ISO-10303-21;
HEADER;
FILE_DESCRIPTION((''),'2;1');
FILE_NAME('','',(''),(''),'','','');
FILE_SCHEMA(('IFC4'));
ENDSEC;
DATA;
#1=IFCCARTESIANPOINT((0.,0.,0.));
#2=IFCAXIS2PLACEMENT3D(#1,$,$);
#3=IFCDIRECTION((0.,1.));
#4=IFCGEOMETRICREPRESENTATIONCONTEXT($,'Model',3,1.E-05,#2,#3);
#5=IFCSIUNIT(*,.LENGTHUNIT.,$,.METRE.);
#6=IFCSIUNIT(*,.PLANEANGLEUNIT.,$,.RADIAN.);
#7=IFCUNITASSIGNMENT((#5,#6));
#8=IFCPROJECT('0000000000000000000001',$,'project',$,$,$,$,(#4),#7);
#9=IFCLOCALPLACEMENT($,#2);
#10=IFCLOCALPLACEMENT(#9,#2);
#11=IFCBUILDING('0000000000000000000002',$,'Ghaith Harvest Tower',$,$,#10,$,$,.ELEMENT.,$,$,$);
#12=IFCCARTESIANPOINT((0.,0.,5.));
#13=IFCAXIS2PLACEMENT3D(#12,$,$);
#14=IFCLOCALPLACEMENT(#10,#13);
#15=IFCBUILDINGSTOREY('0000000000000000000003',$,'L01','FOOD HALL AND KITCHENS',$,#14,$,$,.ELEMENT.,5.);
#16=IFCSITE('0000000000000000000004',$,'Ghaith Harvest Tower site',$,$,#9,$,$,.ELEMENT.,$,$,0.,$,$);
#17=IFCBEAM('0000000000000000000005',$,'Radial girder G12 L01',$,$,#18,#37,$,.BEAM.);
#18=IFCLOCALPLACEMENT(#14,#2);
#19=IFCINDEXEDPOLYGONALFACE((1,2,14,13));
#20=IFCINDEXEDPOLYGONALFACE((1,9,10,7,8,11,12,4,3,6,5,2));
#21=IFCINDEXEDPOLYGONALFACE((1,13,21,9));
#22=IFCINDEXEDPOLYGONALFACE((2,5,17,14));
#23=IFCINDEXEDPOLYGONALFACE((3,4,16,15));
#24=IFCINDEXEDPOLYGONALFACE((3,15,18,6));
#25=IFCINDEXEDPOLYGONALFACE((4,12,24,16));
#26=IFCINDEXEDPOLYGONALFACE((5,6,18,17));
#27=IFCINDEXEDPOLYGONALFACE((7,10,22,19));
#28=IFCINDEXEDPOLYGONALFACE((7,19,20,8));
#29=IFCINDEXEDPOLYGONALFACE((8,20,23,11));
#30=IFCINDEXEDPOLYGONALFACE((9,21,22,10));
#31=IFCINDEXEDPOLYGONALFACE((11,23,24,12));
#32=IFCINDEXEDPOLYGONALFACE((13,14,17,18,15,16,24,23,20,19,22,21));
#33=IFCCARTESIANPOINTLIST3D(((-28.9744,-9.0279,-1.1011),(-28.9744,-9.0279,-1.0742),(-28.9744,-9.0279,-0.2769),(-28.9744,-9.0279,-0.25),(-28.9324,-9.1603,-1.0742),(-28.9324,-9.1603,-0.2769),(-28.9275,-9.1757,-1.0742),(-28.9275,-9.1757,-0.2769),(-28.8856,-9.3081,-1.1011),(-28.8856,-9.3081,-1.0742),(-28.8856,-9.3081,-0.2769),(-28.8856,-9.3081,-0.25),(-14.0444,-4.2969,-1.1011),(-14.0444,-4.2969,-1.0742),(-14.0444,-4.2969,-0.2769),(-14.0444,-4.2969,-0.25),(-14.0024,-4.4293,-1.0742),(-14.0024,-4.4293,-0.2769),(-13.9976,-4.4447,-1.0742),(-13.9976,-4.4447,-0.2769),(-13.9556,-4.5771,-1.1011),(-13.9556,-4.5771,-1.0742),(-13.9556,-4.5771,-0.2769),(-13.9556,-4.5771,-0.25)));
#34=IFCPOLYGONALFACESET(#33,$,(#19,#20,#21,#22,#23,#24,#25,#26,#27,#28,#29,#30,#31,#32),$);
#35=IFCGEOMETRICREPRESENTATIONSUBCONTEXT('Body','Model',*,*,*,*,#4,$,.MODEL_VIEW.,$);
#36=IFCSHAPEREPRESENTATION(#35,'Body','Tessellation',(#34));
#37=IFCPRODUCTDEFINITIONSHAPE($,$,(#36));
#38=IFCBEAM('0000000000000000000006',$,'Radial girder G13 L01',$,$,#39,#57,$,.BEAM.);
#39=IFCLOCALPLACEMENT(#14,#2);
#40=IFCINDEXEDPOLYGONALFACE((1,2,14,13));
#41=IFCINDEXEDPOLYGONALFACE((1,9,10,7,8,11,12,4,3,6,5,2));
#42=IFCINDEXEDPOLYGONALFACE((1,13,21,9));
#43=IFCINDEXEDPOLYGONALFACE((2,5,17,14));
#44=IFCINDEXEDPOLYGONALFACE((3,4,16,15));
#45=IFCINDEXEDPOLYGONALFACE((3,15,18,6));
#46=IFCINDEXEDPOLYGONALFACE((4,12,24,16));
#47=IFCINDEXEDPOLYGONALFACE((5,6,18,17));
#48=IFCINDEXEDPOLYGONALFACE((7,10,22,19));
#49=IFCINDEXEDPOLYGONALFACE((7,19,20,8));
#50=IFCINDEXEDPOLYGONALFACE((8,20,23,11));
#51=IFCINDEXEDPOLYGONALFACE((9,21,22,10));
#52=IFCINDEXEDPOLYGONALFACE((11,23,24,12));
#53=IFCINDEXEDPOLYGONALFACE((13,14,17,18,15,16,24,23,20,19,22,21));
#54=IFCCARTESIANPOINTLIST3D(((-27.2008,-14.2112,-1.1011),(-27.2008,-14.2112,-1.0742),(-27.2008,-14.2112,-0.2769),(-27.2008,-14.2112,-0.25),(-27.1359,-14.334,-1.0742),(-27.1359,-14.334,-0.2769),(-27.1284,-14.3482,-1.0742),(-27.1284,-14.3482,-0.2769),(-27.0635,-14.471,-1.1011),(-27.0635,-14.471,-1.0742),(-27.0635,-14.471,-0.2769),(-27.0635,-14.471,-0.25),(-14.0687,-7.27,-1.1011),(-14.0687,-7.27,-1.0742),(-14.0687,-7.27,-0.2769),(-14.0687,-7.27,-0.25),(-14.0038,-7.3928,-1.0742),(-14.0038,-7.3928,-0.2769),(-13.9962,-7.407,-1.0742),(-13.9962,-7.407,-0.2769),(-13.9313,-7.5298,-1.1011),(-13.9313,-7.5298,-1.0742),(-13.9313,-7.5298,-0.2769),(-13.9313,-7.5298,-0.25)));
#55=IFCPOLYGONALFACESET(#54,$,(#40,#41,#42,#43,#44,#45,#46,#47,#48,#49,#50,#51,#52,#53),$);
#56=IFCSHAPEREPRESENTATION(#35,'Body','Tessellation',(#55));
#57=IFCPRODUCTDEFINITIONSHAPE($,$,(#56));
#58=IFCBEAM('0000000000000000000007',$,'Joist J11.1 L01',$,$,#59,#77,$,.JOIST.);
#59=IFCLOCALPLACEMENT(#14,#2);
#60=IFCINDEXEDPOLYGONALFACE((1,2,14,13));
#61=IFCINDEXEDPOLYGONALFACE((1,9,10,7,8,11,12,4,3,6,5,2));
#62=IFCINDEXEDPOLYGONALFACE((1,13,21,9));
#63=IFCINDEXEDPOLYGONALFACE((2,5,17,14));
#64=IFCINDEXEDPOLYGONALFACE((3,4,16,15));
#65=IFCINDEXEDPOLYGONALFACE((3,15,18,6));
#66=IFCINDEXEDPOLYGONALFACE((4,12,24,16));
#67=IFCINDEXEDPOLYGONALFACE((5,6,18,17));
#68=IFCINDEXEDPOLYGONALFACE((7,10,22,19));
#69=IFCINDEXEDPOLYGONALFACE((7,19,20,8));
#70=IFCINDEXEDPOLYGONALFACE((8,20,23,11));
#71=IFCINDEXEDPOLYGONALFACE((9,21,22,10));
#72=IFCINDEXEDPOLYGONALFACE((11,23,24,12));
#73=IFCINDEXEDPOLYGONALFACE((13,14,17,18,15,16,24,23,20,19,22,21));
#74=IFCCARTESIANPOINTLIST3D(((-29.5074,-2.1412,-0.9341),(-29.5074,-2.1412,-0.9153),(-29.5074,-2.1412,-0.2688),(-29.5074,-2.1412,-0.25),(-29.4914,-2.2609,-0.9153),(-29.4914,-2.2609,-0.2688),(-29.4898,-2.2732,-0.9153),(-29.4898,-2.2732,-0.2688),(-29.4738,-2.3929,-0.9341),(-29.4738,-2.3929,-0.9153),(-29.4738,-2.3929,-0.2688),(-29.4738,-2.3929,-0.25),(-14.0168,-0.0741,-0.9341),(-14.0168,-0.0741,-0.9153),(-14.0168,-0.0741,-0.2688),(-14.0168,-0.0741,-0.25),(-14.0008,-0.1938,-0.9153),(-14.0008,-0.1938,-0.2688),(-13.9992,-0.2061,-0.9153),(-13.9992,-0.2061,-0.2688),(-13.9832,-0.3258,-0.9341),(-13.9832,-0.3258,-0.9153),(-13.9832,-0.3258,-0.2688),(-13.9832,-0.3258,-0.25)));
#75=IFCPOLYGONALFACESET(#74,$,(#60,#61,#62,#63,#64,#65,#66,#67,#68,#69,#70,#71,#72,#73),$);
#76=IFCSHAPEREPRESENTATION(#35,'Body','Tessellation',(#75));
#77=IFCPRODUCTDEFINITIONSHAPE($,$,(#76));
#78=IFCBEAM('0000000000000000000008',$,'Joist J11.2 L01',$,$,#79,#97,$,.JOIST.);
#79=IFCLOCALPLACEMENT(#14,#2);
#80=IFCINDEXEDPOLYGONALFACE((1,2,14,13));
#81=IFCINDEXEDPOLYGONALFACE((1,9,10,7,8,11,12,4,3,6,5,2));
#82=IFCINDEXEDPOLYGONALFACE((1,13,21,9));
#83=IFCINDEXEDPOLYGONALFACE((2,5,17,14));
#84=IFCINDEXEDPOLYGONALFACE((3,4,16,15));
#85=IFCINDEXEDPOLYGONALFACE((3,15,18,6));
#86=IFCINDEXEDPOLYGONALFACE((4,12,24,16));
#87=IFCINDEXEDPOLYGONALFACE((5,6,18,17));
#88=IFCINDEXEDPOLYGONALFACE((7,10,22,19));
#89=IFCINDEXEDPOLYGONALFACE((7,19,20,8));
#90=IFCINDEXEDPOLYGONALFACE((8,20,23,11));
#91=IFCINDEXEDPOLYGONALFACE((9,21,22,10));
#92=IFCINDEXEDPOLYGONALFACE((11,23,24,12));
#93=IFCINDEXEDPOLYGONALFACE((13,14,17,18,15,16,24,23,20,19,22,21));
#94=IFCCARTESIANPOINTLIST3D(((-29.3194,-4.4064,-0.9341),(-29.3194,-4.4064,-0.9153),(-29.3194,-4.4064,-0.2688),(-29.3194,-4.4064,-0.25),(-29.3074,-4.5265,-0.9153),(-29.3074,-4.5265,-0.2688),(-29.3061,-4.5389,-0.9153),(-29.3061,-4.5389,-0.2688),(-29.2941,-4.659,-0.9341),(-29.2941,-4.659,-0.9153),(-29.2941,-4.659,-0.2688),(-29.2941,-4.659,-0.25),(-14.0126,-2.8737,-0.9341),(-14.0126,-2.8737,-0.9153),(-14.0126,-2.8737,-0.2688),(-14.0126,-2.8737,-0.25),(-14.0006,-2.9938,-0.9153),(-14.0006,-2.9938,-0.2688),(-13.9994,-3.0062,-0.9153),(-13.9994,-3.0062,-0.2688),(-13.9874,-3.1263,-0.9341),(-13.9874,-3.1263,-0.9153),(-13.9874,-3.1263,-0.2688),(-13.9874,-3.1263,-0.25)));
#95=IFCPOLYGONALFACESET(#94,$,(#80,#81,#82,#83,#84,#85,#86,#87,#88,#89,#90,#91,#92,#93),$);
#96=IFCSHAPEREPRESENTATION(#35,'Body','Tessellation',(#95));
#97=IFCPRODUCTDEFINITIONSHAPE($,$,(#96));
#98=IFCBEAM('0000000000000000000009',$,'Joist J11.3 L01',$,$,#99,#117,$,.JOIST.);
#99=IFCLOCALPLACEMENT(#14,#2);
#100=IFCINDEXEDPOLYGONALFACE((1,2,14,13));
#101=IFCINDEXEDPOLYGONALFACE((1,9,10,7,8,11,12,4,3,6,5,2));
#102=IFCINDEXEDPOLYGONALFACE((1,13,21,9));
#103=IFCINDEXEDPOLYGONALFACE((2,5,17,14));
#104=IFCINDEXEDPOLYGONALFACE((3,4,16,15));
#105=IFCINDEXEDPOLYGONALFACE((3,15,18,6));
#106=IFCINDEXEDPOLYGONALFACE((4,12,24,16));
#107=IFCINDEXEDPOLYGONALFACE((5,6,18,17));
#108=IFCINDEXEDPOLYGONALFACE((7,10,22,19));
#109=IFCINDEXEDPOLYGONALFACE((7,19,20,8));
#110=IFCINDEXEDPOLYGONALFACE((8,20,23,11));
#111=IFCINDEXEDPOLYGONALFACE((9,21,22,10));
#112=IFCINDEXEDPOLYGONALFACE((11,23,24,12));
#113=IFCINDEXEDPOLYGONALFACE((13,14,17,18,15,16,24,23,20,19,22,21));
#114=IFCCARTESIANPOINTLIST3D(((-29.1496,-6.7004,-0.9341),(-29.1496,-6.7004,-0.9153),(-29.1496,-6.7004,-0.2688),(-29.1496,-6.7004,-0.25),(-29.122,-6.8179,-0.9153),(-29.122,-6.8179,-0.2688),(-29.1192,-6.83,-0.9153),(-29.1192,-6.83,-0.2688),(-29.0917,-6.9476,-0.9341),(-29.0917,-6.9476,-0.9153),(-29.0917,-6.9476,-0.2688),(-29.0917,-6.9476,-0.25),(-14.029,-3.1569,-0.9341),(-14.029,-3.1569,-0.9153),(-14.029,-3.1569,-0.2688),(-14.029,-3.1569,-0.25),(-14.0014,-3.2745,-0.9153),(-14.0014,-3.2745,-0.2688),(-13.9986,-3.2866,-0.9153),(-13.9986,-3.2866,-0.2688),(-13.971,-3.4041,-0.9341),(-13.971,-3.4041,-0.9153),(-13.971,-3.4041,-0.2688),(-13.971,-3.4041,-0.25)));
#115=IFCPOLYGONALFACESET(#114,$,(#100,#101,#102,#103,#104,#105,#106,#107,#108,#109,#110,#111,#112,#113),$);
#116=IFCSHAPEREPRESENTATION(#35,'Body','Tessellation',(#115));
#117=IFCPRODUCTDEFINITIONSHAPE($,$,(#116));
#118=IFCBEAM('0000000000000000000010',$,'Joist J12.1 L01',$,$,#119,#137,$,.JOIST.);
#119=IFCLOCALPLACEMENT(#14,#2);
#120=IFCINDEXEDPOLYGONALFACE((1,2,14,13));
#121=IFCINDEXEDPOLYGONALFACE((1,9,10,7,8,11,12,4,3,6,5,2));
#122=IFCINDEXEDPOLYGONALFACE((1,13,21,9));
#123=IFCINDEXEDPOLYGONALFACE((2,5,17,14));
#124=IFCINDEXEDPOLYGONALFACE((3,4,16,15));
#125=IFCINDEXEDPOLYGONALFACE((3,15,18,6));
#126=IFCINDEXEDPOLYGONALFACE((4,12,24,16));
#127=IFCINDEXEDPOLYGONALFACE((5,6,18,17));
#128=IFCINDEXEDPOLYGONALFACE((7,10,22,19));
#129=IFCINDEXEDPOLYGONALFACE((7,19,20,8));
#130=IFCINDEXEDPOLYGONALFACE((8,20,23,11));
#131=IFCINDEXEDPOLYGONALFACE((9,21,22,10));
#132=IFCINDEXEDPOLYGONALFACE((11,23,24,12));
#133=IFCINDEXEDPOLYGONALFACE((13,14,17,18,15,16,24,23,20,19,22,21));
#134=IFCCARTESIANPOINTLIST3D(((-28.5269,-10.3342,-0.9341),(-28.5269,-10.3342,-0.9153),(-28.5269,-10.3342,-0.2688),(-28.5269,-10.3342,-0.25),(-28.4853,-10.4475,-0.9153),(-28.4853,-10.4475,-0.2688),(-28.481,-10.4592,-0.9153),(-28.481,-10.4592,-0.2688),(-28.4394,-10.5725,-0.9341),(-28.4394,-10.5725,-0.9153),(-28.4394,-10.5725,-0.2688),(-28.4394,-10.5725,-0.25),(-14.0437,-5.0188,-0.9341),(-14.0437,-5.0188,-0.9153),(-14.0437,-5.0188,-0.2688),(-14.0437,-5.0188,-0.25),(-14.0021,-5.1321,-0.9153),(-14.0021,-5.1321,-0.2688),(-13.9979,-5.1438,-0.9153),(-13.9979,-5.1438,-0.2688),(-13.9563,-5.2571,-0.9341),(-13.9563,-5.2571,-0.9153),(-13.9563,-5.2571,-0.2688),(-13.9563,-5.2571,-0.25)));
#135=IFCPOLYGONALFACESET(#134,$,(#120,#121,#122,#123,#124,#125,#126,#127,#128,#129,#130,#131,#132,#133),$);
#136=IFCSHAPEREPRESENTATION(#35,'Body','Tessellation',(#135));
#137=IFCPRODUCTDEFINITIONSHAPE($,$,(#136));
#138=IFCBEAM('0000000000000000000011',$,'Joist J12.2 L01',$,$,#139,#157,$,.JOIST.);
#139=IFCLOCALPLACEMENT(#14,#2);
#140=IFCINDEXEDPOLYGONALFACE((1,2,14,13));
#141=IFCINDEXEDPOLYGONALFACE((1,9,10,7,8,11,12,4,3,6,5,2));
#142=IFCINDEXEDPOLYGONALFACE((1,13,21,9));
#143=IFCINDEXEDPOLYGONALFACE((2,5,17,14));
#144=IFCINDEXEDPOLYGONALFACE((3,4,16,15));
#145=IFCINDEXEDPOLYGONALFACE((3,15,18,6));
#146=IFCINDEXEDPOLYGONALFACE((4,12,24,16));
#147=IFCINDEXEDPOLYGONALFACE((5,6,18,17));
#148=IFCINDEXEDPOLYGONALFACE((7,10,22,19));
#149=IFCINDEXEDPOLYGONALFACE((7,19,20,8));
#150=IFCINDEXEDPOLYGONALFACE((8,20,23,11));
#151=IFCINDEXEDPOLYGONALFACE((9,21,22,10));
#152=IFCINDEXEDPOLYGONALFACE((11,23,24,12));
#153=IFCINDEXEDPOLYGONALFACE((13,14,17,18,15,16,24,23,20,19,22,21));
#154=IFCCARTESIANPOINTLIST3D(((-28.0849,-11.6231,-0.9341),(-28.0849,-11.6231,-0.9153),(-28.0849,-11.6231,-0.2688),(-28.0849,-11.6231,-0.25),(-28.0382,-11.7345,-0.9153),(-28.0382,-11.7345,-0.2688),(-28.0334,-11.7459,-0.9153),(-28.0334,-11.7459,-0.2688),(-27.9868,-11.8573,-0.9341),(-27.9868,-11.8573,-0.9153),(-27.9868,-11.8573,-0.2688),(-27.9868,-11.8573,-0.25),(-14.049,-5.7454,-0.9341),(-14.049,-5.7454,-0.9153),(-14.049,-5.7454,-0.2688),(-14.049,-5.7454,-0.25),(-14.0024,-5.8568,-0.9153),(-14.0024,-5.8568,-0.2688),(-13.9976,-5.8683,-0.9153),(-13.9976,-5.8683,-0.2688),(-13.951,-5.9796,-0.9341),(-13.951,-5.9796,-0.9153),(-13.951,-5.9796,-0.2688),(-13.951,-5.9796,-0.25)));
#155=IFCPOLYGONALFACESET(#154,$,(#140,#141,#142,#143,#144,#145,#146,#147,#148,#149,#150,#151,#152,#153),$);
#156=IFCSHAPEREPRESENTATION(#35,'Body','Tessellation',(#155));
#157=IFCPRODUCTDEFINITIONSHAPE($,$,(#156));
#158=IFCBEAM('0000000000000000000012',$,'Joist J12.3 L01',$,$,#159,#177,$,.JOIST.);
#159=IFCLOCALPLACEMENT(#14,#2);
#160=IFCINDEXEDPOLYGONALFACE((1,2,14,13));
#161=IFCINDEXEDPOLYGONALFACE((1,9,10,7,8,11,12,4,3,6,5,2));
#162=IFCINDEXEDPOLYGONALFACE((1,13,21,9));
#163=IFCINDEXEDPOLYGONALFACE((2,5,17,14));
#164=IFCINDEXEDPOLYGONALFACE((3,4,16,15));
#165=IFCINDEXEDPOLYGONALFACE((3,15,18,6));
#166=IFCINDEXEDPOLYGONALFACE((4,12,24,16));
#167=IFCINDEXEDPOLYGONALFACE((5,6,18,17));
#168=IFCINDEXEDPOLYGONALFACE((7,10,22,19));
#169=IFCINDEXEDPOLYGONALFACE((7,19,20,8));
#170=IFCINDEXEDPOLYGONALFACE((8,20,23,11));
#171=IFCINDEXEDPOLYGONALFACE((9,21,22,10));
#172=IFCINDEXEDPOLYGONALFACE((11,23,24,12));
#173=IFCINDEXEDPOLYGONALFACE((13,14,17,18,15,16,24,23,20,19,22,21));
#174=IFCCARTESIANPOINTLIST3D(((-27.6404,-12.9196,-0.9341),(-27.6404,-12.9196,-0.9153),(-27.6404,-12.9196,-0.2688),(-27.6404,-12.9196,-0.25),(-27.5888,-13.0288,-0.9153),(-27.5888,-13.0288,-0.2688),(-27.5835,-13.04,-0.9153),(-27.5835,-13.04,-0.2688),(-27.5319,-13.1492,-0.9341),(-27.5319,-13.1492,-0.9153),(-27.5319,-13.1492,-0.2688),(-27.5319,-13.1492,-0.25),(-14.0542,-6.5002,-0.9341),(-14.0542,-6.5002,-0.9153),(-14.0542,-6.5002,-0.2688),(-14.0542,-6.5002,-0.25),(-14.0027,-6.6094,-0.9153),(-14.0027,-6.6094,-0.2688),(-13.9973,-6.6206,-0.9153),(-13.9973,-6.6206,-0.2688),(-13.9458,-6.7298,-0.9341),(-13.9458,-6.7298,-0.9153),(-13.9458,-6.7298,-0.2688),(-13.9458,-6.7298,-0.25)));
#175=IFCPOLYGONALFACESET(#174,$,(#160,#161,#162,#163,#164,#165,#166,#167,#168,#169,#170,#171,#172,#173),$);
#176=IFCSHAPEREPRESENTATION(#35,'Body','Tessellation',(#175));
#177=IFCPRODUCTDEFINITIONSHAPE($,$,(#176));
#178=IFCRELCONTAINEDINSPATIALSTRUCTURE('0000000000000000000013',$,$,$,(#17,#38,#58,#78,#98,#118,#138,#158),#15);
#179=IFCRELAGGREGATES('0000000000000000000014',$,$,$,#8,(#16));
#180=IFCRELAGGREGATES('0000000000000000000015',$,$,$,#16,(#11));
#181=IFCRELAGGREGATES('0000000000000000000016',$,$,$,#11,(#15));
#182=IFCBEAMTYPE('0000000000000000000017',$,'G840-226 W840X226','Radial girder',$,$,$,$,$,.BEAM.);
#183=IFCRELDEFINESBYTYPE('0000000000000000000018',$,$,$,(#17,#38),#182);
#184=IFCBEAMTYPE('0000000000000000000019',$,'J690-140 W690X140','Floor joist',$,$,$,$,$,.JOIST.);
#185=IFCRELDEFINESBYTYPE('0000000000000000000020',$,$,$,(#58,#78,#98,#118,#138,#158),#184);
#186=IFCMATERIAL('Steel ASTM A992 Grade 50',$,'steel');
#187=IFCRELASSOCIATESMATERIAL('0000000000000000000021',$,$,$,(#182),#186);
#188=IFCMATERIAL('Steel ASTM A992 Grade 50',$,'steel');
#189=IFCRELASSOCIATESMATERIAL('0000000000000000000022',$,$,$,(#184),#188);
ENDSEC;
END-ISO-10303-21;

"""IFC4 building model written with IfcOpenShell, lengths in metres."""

from ifc_helpers import new_model, si_unit, direction, frame, origin, origin_2d, place, context, subcontext, project, spatial, i_section, extrude, material, material_profile, profile_set, type_object, element, save


model = new_model("IFC4")

# Units and contexts
model_context = context("Model", 3, precision=1e-05, world=origin(), true_north=direction((0.0, 1.0)))
body_context = subcontext(model_context, "Body", "Model", "MODEL_VIEW")
ifc_project = project(units=[si_unit("LENGTHUNIT", "METRE"), si_unit("PLANEANGLEUNIT", "RADIAN")], contexts=[model_context])

# Site, building, storey
site_placement = place(None, origin())
site = spatial("IfcSite", under=ifc_project, at=site_placement, Name="Ghaith Harvest Tower site", CompositionType="ELEMENT", RefElevation=0.0)
building_placement = place(site_placement, origin())
building = spatial("IfcBuilding", under=site, at=building_placement, Name="Ghaith Harvest Tower", CompositionType="ELEMENT")
storey_placement = place(building_placement, frame((0.0, 0.0, 5.0)))
storey = spatial("IfcBuildingStorey", under=building, at=storey_placement, Name="L01", Description="FOOD HALL AND KITCHENS", CompositionType="ELEMENT", Elevation=5.0)

# Beams
ifc_material_1 = material(Name="Steel ASTM A992 Grade 50", Category="steel")
ifc_material_profile_1 = material_profile(ifc_material_1, i_section(OverallWidth=0.2939, OverallDepth=0.8511, WebThickness=0.0161, FlangeThickness=0.0269, at=origin_2d()), Name="W840X226")
ifc_profile_set_1 = profile_set([ifc_material_profile_1], Name="Steel ASTM A992 Grade 50")
beam_type_1 = type_object("IfcBeamType", Name="G840-226 W840X226", Description="Radial girder", PredefinedType="BEAM", material=ifc_profile_set_1)
beam_1_placement = place(storey_placement, frame((-14.0, -4.437, -0.6755), z_axis=(-0.953284, -0.302074, 0.0), x_axis=(0.302074, -0.953284, 0.0)))
element("IfcBeam", 1, at=beam_1_placement, inside=storey, type_object=beam_type_1, Name="Radial girder G12 L01", PredefinedType="BEAM", context=body_context, shape_type="SweptSolid", body=[
    extrude(i_section(OverallWidth=0.2939, OverallDepth=0.8511, WebThickness=0.0161, FlangeThickness=0.0269, at=origin_2d()), origin(), (0.0, 0.0, 1.0), 15.6616),
])
beam_2_placement = place(storey_placement, frame((-14.0, -7.3999, -0.6755), z_axis=(-0.884097, -0.467303, 0.0), x_axis=(0.467303, -0.884097, 0.0)))
element("IfcBeam", 2, at=beam_2_placement, inside=storey, type_object=beam_type_1, Name="Radial girder G13 L01", PredefinedType="BEAM", context=body_context, shape_type="SweptSolid", body=[
    extrude(i_section(OverallWidth=0.2939, OverallDepth=0.8511, WebThickness=0.0161, FlangeThickness=0.0269, at=origin_2d()), origin(), (0.0, 0.0, 1.0), 14.8538),
])
ifc_material_2 = material(Name="Steel ASTM A992 Grade 50", Category="steel")
ifc_material_profile_2 = material_profile(ifc_material_2, i_section(OverallWidth=0.2539, OverallDepth=0.6841, WebThickness=0.0125, FlangeThickness=0.0188, at=origin_2d()), Name="W690X140")
ifc_profile_set_2 = profile_set([ifc_material_profile_2], Name="Steel ASTM A992 Grade 50")
beam_type_2 = type_object("IfcBeamType", Name="J690-140 W690X140", Description="Floor joist", PredefinedType="JOIST", material=ifc_profile_set_2)
beam_3_placement = place(storey_placement, frame((-14.0, -0.2, -0.592), z_axis=(-0.991214, -0.132271, 0.0), x_axis=(0.132271, -0.991214, 0.0)))
element("IfcBeam", 3, at=beam_3_placement, inside=storey, type_object=beam_type_2, Name="Joist J11.1 L01", PredefinedType="JOIST", context=body_context, shape_type="SweptSolid", body=[
    extrude(i_section(OverallWidth=0.2539, OverallDepth=0.6841, WebThickness=0.0125, FlangeThickness=0.0188, at=origin_2d()), origin(), (0.0, 0.0, 1.0), 15.6279),
])
beam_4_placement = place(storey_placement, frame((-14.0, -3.0, -0.592), z_axis=(-0.995024, -0.099636, 0.0), x_axis=(0.099636, -0.995024, 0.0)))
element("IfcBeam", 4, at=beam_4_placement, inside=storey, type_object=beam_type_2, Name="Joist J11.2 L01", PredefinedType="JOIST", context=body_context, shape_type="SweptSolid", body=[
    extrude(i_section(OverallWidth=0.2539, OverallDepth=0.6841, WebThickness=0.0125, FlangeThickness=0.0188, at=origin_2d()), origin(), (0.0, 0.0, 1.0), 15.3833),
])
beam_5_placement = place(storey_placement, frame((-14.0, -3.2805, -0.592), z_axis=(-0.973623, -0.228165, 0.0), x_axis=(0.228165, -0.973623, 0.0)))
element("IfcBeam", 5, at=beam_5_placement, inside=storey, type_object=beam_type_2, Name="Joist J11.3 L01", PredefinedType="JOIST", context=body_context, shape_type="SweptSolid", body=[
    extrude(i_section(OverallWidth=0.2539, OverallDepth=0.6841, WebThickness=0.0125, FlangeThickness=0.0188, at=origin_2d()), origin(), (0.0, 0.0, 1.0), 15.5303),
])
beam_6_placement = place(storey_placement, frame((-14.0, -5.1379, -0.592), z_axis=(-0.938773, -0.344537, 0.0), x_axis=(0.344537, -0.938773, 0.0)))
element("IfcBeam", 6, at=beam_6_placement, inside=storey, type_object=beam_type_2, Name="Joist J12.1 L01", PredefinedType="JOIST", context=body_context, shape_type="SweptSolid", body=[
    extrude(i_section(OverallWidth=0.2539, OverallDepth=0.6841, WebThickness=0.0125, FlangeThickness=0.0188, at=origin_2d()), origin(), (0.0, 0.0, 1.0), 15.4277),
])
beam_7_placement = place(storey_placement, frame((-14.0, -5.8625, -0.592), z_axis=(-0.92239, -0.386261, 0.0), x_axis=(0.386261, -0.92239, 0.0)))
element("IfcBeam", 7, at=beam_7_placement, inside=storey, type_object=beam_type_2, Name="Joist J12.2 L01", PredefinedType="JOIST", context=body_context, shape_type="SweptSolid", body=[
    extrude(i_section(OverallWidth=0.2539, OverallDepth=0.6841, WebThickness=0.0125, FlangeThickness=0.0188, at=origin_2d()), origin(), (0.0, 0.0, 1.0), 15.2168),
])
beam_8_placement = place(storey_placement, frame((-14.0, -6.615, -0.592), z_axis=(-0.904153, -0.42721, 0.0), x_axis=(0.42721, -0.904153, 0.0)))
element("IfcBeam", 8, at=beam_8_placement, inside=storey, type_object=beam_type_2, Name="Joist J12.3 L01", PredefinedType="JOIST", context=body_context, shape_type="SweptSolid", body=[
    extrude(i_section(OverallWidth=0.2539, OverallDepth=0.6841, WebThickness=0.0125, FlangeThickness=0.0188, at=origin_2d()), origin(), (0.0, 0.0, 1.0), 15.0264),
])

save(model, "model.ifc")
